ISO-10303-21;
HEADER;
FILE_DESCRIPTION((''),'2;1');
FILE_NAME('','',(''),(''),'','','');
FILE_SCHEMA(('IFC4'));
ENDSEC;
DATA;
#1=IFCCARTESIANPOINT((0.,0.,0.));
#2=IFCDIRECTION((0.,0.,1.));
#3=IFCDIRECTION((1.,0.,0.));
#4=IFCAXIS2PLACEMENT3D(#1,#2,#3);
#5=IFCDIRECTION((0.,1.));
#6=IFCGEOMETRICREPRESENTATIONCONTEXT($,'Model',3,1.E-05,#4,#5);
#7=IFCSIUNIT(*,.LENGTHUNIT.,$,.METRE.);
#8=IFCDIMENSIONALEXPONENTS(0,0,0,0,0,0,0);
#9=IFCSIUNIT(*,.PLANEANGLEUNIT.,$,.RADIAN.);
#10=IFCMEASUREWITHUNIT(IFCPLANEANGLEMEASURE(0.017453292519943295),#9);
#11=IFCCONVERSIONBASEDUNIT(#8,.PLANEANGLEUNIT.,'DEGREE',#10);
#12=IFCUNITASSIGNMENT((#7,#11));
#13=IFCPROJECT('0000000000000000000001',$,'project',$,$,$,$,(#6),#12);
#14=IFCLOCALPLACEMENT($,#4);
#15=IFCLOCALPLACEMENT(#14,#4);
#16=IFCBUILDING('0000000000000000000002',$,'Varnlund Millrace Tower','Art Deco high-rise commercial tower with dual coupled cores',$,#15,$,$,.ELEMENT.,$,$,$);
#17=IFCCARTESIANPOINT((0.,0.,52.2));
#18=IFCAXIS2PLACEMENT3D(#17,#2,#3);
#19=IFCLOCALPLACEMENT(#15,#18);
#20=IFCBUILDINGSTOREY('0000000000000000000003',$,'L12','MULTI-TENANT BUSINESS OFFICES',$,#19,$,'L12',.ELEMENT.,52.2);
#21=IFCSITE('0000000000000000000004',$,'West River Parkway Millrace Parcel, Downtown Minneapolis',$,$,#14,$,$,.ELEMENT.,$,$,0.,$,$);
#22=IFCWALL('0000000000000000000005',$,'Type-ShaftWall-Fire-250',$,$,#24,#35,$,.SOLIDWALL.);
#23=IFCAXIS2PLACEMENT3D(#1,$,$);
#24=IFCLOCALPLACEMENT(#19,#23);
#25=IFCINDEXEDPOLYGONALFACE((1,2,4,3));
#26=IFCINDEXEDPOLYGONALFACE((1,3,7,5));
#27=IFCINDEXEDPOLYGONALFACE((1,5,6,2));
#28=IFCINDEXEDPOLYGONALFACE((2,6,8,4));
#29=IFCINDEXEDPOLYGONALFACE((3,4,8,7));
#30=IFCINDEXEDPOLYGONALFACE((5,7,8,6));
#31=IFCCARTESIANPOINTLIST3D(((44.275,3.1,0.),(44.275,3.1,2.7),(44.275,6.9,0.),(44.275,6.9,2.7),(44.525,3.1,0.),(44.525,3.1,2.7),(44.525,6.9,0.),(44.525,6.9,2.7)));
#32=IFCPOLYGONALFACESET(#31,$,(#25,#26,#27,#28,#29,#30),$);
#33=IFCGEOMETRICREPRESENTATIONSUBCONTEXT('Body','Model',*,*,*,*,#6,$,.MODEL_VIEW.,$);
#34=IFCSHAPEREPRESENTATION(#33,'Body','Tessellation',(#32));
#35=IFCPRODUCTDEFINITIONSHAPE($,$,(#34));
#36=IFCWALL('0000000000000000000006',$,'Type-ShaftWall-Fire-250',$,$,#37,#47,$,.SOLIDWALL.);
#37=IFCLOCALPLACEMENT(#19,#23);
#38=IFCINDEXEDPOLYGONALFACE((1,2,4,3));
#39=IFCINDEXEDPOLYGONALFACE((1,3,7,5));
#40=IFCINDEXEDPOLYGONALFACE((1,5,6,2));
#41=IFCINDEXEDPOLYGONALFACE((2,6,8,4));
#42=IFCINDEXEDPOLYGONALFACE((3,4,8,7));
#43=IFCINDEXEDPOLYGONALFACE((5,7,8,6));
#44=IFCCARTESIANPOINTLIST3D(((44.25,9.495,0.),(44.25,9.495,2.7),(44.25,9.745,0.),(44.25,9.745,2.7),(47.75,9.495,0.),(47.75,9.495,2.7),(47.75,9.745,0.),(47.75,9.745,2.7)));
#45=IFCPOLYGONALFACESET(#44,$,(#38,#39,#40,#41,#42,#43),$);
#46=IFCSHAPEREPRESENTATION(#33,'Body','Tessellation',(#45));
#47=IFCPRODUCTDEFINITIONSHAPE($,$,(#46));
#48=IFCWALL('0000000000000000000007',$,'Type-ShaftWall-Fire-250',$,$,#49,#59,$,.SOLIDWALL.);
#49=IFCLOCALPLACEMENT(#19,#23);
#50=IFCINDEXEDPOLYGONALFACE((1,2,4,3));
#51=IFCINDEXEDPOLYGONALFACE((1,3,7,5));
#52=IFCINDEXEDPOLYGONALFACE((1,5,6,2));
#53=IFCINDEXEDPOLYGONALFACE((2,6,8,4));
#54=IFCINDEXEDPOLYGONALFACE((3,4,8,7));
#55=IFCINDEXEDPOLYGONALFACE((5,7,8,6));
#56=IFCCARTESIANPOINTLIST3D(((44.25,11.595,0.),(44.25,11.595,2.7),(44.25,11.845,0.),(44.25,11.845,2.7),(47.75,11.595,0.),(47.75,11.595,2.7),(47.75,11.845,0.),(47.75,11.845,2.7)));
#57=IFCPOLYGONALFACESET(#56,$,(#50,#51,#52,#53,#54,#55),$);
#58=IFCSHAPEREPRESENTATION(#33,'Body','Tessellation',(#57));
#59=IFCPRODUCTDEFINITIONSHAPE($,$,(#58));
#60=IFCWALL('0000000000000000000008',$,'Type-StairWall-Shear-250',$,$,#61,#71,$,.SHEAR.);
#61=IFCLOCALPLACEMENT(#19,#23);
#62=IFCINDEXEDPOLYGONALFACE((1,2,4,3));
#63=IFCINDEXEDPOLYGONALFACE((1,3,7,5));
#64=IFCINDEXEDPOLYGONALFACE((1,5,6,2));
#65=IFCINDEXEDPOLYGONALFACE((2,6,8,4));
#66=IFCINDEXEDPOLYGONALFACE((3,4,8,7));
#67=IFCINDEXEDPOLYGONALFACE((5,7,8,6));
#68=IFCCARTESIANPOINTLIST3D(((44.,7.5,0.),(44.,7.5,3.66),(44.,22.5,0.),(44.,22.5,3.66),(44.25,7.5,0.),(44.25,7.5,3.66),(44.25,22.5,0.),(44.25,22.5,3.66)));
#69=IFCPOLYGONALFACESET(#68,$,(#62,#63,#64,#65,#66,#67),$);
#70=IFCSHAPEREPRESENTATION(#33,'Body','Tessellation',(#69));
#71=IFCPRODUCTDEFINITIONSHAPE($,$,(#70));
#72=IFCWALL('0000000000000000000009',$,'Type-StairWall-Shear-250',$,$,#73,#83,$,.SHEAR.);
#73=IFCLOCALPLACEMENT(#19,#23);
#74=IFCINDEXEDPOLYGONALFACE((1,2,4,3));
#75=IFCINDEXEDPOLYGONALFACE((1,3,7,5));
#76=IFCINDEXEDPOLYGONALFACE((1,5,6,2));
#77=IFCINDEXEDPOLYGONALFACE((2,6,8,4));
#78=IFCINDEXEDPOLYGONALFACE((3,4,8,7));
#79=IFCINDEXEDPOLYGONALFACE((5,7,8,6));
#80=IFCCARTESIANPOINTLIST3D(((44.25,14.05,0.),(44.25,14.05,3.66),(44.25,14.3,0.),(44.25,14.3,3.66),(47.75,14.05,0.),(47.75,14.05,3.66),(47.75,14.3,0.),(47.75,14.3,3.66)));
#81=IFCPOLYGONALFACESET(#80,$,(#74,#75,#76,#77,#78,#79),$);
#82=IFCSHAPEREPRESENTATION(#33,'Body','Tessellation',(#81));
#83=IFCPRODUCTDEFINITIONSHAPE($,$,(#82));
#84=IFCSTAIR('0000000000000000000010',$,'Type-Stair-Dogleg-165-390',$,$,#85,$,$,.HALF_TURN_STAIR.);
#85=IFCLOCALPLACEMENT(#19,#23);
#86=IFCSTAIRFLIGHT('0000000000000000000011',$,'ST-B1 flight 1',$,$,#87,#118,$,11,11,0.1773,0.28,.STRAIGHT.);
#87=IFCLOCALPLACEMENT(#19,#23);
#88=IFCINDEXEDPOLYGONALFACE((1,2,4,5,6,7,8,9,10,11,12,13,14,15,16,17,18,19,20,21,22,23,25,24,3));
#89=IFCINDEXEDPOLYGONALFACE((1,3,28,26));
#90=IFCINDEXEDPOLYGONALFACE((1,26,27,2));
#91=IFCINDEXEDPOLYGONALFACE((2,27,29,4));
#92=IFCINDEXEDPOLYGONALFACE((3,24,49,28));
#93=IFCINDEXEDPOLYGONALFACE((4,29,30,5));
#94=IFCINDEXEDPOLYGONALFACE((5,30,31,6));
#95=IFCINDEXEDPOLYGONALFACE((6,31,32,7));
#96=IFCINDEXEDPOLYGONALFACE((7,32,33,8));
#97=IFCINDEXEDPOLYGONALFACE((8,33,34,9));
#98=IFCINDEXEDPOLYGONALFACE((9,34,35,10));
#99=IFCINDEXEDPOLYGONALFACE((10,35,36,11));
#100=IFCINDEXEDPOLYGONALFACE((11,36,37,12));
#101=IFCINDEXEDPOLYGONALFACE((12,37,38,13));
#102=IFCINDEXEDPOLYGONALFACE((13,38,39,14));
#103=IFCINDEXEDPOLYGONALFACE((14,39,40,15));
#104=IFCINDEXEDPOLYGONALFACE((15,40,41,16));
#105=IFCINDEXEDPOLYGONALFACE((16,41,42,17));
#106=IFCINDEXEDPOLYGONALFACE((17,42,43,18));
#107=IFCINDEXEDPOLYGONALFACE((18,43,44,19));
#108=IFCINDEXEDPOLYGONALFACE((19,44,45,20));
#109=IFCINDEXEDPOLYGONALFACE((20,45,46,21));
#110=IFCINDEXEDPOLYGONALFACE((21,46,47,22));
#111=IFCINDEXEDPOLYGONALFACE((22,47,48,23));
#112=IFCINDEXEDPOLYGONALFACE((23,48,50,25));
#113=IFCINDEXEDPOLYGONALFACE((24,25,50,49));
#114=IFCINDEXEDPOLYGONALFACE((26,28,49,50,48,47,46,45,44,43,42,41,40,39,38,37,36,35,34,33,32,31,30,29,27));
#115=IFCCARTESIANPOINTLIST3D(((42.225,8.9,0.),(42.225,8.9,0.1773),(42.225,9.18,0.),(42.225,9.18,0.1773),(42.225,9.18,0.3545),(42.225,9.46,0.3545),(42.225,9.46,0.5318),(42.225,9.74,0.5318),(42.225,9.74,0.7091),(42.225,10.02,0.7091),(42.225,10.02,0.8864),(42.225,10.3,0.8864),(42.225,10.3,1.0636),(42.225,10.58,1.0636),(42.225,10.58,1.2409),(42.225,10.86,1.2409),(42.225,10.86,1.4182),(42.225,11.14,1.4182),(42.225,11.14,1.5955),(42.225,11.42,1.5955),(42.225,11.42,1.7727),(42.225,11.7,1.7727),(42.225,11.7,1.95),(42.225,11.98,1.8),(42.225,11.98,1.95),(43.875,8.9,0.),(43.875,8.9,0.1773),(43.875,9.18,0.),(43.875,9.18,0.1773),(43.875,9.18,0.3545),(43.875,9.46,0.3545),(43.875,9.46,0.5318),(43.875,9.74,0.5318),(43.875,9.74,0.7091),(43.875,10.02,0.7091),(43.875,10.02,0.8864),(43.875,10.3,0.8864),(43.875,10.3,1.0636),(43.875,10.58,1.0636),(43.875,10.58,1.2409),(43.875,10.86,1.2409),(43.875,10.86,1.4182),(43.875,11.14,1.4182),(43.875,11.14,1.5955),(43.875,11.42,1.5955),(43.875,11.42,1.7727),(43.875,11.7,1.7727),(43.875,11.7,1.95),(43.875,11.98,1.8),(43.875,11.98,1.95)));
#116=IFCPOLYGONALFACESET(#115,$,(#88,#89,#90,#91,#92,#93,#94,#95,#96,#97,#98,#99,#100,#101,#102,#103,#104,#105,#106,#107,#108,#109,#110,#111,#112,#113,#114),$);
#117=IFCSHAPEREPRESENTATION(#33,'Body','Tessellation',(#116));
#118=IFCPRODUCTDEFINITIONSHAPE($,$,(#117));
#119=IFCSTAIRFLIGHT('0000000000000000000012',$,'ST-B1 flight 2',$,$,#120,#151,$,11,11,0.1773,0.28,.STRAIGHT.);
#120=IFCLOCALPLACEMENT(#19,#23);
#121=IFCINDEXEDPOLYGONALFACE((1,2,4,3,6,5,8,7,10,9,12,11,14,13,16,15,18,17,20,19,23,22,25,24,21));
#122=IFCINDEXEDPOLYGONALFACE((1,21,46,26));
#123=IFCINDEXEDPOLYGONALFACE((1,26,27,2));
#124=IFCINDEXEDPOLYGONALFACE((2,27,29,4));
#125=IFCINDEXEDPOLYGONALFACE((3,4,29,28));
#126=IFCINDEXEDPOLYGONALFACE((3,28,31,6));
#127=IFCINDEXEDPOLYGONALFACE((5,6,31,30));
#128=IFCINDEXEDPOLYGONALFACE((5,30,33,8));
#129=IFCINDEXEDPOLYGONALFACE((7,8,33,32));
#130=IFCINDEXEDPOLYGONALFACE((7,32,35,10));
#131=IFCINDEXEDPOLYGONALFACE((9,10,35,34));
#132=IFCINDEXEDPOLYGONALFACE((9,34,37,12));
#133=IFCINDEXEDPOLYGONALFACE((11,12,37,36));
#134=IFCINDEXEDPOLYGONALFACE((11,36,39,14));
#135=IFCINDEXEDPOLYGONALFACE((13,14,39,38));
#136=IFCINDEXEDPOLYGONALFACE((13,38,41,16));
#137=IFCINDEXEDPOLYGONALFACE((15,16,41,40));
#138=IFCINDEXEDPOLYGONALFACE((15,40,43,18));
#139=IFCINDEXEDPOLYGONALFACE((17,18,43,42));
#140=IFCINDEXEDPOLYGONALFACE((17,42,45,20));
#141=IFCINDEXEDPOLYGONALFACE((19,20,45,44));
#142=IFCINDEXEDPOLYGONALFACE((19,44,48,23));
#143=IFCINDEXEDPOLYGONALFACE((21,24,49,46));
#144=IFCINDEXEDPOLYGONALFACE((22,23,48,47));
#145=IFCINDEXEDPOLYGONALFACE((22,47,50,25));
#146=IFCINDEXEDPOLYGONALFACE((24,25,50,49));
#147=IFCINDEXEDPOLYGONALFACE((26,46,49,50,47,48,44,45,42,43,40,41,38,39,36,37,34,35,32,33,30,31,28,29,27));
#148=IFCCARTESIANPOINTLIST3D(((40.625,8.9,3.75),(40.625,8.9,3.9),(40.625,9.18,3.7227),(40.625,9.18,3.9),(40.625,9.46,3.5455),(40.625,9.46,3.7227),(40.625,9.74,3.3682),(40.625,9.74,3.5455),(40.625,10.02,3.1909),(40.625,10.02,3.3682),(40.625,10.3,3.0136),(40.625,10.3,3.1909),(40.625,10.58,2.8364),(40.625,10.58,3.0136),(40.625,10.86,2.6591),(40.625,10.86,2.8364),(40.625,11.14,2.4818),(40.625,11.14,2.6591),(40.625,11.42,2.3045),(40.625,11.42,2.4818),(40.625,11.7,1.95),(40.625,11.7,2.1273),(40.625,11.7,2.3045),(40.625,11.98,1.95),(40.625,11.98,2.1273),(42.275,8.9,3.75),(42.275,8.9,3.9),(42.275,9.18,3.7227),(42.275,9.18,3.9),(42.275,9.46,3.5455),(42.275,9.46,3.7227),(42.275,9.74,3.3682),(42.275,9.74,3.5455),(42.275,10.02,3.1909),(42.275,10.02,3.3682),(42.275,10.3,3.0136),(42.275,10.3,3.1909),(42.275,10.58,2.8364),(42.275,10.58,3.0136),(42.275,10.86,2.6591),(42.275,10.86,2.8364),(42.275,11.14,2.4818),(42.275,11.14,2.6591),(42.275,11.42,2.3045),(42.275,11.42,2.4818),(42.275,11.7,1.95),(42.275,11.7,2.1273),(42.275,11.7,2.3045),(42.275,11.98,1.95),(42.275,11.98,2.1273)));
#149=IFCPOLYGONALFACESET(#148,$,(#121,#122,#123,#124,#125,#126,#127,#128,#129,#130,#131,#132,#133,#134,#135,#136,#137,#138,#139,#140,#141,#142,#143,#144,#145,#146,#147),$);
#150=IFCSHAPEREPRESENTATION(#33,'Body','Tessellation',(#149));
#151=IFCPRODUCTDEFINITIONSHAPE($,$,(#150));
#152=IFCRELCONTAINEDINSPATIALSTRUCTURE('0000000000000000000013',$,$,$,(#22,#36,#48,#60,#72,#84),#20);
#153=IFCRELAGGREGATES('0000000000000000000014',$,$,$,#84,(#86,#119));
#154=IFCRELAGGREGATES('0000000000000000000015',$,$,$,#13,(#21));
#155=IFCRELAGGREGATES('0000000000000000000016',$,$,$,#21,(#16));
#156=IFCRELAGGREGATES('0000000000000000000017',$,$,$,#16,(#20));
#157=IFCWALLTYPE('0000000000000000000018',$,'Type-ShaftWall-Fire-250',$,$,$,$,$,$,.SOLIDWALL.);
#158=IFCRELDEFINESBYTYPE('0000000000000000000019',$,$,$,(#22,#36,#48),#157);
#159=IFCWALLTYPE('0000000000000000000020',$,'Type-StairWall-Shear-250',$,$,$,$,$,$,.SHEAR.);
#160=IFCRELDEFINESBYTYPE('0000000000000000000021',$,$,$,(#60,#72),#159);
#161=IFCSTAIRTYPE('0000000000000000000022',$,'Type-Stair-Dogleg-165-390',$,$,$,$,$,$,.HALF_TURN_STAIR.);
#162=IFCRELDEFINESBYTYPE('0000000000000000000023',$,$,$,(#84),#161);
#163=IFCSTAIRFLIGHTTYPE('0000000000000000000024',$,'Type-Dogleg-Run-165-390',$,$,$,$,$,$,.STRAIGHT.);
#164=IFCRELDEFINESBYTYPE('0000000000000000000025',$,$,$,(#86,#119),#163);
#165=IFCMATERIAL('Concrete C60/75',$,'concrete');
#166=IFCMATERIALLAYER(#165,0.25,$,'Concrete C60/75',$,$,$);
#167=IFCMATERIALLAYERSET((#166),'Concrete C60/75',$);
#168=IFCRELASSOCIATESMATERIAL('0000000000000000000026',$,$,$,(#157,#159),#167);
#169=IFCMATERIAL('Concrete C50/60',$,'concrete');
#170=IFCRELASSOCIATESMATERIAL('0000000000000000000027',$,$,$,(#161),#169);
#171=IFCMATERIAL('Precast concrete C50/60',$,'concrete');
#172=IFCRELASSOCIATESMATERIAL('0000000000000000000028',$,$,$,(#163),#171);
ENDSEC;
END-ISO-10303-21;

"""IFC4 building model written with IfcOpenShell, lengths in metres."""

from ifc_helpers import new_model, entity, si_unit, converted_unit, direction, frame, origin_with_axes, place, context, subcontext, project, spatial, polyline, outline, extrude, material, layer, layer_set, type_object, element, aggregate, save


model = new_model("IFC4")

# Units and contexts
model_context = context("Model", 3, precision=1e-05, world=origin_with_axes(), true_north=direction((0.0, 1.0)))
body_context = subcontext(model_context, "Body", "Model", "MODEL_VIEW")
ifc_project = project(units=[si_unit("LENGTHUNIT", "METRE"), converted_unit("PLANEANGLEUNIT", "DEGREE", entity("IfcPlaneAngleMeasure", 0.017453292519943295), si_unit("PLANEANGLEUNIT", "RADIAN"), dimensions=[0, 0, 0, 0, 0, 0, 0])], contexts=[model_context])

# Site, building, storey
site_placement = place(None, origin_with_axes())
site = spatial("IfcSite", under=ifc_project, at=site_placement, Name="West River Parkway Millrace Parcel, Downtown Minneapolis", CompositionType="ELEMENT", RefElevation=0.0)
building_placement = place(site_placement, origin_with_axes())
building = spatial("IfcBuilding", under=site, at=building_placement, Name="Varnlund Millrace Tower", Description="Art Deco high-rise commercial tower with dual coupled cores", CompositionType="ELEMENT")
storey_placement = place(building_placement, frame((0.0, 0.0, 52.2), z_axis=(0.0, 0.0, 1.0), x_axis=(1.0, 0.0, 0.0)))
storey = spatial("IfcBuildingStorey", under=building, at=storey_placement, Name="L12", Description="MULTI-TENANT BUSINESS OFFICES", LongName="L12", CompositionType="ELEMENT", Elevation=52.2)

# Walls
ifc_material_1 = material(Name="Concrete C60/75", Category="concrete")
ifc_layer_1 = layer(ifc_material_1, 0.25, Name="Concrete C60/75")
ifc_layer_set_1 = layer_set([ifc_layer_1], Name="Concrete C60/75")
wall_type_1 = type_object("IfcWallType", Name="Type-ShaftWall-Fire-250", PredefinedType="SOLIDWALL", material=ifc_layer_set_1)
wall_1_placement = place(storey_placement, frame((44.4, 3.1, 0.0), z_axis=(0.0, 0.0, 1.0), x_axis=(0.0, 1.0, 0.0)))
element("IfcWall", 1, at=wall_1_placement, inside=storey, type_object=wall_type_1, Name="Type-ShaftWall-Fire-250", PredefinedType="SOLIDWALL", context=body_context, shape_type="SweptSolid", body=[
    extrude(outline(polyline([(0.0, -0.125), (3.8, -0.125), (3.8, 0.125), (0.0, 0.125), (0.0, -0.125)])), origin_with_axes(), (0.0, 0.0, 1.0), 2.7),
])
for number, where, z_axis, x_axis, name in (
    (2, (44.25, 9.62, 0.0), (0.0, 0.0, 1.0), (1.0, 0.0, 0.0), "Type-ShaftWall-Fire-250"),
    (3, (44.25, 11.72, 0.0), (0.0, 0.0, 1.0), (1.0, 0.0, 0.0), "Type-ShaftWall-Fire-250"),
):
    element("IfcWall", number, at=place(storey_placement, frame(where, z_axis=z_axis, x_axis=x_axis)), inside=storey, type_object=wall_type_1, Name=name, PredefinedType="SOLIDWALL", context=body_context, shape_type="SweptSolid", body=[
        extrude(outline(polyline([(0.0, -0.125), (3.5, -0.125), (3.5, 0.125), (0.0, 0.125), (0.0, -0.125)])), origin_with_axes(), (0.0, 0.0, 1.0), 2.7),
    ])
wall_type_2 = type_object("IfcWallType", Name="Type-StairWall-Shear-250", PredefinedType="SHEAR", material=ifc_layer_set_1)
wall_2_placement = place(storey_placement, frame((44.125, 7.5, 0.0), z_axis=(0.0, 0.0, 1.0), x_axis=(0.0, 1.0, 0.0)))
element("IfcWall", 4, at=wall_2_placement, inside=storey, type_object=wall_type_2, Name="Type-StairWall-Shear-250", PredefinedType="SHEAR", context=body_context, shape_type="SweptSolid", body=[
    extrude(outline(polyline([(0.0, -0.125), (15.0, -0.125), (15.0, 0.125), (0.0, 0.125), (0.0, -0.125)])), origin_with_axes(), (0.0, 0.0, 1.0), 3.66),
])
wall_3_placement = place(storey_placement, frame((44.25, 14.175, 0.0), z_axis=(0.0, 0.0, 1.0), x_axis=(1.0, 0.0, 0.0)))
element("IfcWall", 5, at=wall_3_placement, inside=storey, type_object=wall_type_2, Name="Type-StairWall-Shear-250", PredefinedType="SHEAR", context=body_context, shape_type="SweptSolid", body=[
    extrude(outline(polyline([(0.0, -0.125), (3.5, -0.125), (3.5, 0.125), (0.0, 0.125), (0.0, -0.125)])), origin_with_axes(), (0.0, 0.0, 1.0), 3.66),
])

# Stair, stair flights
ifc_material_2 = material(Name="Concrete C50/60", Category="concrete")
stair_type = type_object("IfcStairType", Name="Type-Stair-Dogleg-165-390", PredefinedType="HALF_TURN_STAIR", material=ifc_material_2)
stair_placement = place(storey_placement, origin_with_axes())
stair = element("IfcStair", 6, at=stair_placement, inside=storey, type_object=stair_type, Name="Type-Stair-Dogleg-165-390", PredefinedType="HALF_TURN_STAIR")
ifc_material_3 = material(Name="Precast concrete C50/60", Category="concrete")
stair_flight_type = type_object("IfcStairFlightType", Name="Type-Dogleg-Run-165-390", PredefinedType="STRAIGHT", material=ifc_material_3)
stair_flight_1_placement = place(storey_placement, frame((42.225, 8.9, 0.0), z_axis=(1.0, 0.0, 0.0), x_axis=(0.0, 1.0, 0.0)))
stair_flight_1 = element("IfcStairFlight", 7, at=stair_flight_1_placement, type_object=stair_flight_type, Name="ST-B1 flight 1", NumberOfRisers=11, NumberOfTreads=11, PredefinedType="STRAIGHT", RiserHeight=0.1773, TreadLength=0.28, context=body_context, shape_type="SweptSolid", body=[
    extrude(outline(polyline([(0.0, 0.0), (0.0, 0.1773), (0.28, 0.1773), (0.28, 0.3545), (0.56, 0.3545), (0.56, 0.5318), (0.84, 0.5318), (0.84, 0.7091), (1.12, 0.7091), (1.12, 0.8864), (1.4, 0.8864), (1.4, 1.0636), (1.68, 1.0636), (1.68, 1.2409), (1.96, 1.2409), (1.96, 1.4182), (2.24, 1.4182), (2.24, 1.5955), (2.52, 1.5955), (2.52, 1.7727), (2.8, 1.7727), (2.8, 1.95), (3.08, 1.95), (3.08, 1.8), (0.28, 0.0), (0.0, 0.0)])), origin_with_axes(), (0.0, 0.0, 1.0), 1.65),
])
stair_flight_2_placement = place(storey_placement, frame((42.275, 11.98, 1.95), z_axis=(-1.0, 0.0, 0.0), x_axis=(0.0, -1.0, 0.0)))
stair_flight_2 = element("IfcStairFlight", 8, at=stair_flight_2_placement, type_object=stair_flight_type, Name="ST-B1 flight 2", NumberOfRisers=11, NumberOfTreads=11, PredefinedType="STRAIGHT", RiserHeight=0.1773, TreadLength=0.28, context=body_context, shape_type="SweptSolid", body=[
    extrude(outline(polyline([(0.0, 0.0), (0.0, 0.1773), (0.28, 0.1773), (0.28, 0.3545), (0.56, 0.3545), (0.56, 0.5318), (0.84, 0.5318), (0.84, 0.7091), (1.12, 0.7091), (1.12, 0.8864), (1.4, 0.8864), (1.4, 1.0636), (1.68, 1.0636), (1.68, 1.2409), (1.96, 1.2409), (1.96, 1.4182), (2.24, 1.4182), (2.24, 1.5955), (2.52, 1.5955), (2.52, 1.7727), (2.8, 1.7727), (2.8, 1.95), (3.08, 1.95), (3.08, 1.8), (0.28, 0.0), (0.0, 0.0)])), origin_with_axes(), (0.0, 0.0, 1.0), 1.65),
])
aggregate(stair, [stair_flight_1, stair_flight_2])

save(model, "model.ifc")
